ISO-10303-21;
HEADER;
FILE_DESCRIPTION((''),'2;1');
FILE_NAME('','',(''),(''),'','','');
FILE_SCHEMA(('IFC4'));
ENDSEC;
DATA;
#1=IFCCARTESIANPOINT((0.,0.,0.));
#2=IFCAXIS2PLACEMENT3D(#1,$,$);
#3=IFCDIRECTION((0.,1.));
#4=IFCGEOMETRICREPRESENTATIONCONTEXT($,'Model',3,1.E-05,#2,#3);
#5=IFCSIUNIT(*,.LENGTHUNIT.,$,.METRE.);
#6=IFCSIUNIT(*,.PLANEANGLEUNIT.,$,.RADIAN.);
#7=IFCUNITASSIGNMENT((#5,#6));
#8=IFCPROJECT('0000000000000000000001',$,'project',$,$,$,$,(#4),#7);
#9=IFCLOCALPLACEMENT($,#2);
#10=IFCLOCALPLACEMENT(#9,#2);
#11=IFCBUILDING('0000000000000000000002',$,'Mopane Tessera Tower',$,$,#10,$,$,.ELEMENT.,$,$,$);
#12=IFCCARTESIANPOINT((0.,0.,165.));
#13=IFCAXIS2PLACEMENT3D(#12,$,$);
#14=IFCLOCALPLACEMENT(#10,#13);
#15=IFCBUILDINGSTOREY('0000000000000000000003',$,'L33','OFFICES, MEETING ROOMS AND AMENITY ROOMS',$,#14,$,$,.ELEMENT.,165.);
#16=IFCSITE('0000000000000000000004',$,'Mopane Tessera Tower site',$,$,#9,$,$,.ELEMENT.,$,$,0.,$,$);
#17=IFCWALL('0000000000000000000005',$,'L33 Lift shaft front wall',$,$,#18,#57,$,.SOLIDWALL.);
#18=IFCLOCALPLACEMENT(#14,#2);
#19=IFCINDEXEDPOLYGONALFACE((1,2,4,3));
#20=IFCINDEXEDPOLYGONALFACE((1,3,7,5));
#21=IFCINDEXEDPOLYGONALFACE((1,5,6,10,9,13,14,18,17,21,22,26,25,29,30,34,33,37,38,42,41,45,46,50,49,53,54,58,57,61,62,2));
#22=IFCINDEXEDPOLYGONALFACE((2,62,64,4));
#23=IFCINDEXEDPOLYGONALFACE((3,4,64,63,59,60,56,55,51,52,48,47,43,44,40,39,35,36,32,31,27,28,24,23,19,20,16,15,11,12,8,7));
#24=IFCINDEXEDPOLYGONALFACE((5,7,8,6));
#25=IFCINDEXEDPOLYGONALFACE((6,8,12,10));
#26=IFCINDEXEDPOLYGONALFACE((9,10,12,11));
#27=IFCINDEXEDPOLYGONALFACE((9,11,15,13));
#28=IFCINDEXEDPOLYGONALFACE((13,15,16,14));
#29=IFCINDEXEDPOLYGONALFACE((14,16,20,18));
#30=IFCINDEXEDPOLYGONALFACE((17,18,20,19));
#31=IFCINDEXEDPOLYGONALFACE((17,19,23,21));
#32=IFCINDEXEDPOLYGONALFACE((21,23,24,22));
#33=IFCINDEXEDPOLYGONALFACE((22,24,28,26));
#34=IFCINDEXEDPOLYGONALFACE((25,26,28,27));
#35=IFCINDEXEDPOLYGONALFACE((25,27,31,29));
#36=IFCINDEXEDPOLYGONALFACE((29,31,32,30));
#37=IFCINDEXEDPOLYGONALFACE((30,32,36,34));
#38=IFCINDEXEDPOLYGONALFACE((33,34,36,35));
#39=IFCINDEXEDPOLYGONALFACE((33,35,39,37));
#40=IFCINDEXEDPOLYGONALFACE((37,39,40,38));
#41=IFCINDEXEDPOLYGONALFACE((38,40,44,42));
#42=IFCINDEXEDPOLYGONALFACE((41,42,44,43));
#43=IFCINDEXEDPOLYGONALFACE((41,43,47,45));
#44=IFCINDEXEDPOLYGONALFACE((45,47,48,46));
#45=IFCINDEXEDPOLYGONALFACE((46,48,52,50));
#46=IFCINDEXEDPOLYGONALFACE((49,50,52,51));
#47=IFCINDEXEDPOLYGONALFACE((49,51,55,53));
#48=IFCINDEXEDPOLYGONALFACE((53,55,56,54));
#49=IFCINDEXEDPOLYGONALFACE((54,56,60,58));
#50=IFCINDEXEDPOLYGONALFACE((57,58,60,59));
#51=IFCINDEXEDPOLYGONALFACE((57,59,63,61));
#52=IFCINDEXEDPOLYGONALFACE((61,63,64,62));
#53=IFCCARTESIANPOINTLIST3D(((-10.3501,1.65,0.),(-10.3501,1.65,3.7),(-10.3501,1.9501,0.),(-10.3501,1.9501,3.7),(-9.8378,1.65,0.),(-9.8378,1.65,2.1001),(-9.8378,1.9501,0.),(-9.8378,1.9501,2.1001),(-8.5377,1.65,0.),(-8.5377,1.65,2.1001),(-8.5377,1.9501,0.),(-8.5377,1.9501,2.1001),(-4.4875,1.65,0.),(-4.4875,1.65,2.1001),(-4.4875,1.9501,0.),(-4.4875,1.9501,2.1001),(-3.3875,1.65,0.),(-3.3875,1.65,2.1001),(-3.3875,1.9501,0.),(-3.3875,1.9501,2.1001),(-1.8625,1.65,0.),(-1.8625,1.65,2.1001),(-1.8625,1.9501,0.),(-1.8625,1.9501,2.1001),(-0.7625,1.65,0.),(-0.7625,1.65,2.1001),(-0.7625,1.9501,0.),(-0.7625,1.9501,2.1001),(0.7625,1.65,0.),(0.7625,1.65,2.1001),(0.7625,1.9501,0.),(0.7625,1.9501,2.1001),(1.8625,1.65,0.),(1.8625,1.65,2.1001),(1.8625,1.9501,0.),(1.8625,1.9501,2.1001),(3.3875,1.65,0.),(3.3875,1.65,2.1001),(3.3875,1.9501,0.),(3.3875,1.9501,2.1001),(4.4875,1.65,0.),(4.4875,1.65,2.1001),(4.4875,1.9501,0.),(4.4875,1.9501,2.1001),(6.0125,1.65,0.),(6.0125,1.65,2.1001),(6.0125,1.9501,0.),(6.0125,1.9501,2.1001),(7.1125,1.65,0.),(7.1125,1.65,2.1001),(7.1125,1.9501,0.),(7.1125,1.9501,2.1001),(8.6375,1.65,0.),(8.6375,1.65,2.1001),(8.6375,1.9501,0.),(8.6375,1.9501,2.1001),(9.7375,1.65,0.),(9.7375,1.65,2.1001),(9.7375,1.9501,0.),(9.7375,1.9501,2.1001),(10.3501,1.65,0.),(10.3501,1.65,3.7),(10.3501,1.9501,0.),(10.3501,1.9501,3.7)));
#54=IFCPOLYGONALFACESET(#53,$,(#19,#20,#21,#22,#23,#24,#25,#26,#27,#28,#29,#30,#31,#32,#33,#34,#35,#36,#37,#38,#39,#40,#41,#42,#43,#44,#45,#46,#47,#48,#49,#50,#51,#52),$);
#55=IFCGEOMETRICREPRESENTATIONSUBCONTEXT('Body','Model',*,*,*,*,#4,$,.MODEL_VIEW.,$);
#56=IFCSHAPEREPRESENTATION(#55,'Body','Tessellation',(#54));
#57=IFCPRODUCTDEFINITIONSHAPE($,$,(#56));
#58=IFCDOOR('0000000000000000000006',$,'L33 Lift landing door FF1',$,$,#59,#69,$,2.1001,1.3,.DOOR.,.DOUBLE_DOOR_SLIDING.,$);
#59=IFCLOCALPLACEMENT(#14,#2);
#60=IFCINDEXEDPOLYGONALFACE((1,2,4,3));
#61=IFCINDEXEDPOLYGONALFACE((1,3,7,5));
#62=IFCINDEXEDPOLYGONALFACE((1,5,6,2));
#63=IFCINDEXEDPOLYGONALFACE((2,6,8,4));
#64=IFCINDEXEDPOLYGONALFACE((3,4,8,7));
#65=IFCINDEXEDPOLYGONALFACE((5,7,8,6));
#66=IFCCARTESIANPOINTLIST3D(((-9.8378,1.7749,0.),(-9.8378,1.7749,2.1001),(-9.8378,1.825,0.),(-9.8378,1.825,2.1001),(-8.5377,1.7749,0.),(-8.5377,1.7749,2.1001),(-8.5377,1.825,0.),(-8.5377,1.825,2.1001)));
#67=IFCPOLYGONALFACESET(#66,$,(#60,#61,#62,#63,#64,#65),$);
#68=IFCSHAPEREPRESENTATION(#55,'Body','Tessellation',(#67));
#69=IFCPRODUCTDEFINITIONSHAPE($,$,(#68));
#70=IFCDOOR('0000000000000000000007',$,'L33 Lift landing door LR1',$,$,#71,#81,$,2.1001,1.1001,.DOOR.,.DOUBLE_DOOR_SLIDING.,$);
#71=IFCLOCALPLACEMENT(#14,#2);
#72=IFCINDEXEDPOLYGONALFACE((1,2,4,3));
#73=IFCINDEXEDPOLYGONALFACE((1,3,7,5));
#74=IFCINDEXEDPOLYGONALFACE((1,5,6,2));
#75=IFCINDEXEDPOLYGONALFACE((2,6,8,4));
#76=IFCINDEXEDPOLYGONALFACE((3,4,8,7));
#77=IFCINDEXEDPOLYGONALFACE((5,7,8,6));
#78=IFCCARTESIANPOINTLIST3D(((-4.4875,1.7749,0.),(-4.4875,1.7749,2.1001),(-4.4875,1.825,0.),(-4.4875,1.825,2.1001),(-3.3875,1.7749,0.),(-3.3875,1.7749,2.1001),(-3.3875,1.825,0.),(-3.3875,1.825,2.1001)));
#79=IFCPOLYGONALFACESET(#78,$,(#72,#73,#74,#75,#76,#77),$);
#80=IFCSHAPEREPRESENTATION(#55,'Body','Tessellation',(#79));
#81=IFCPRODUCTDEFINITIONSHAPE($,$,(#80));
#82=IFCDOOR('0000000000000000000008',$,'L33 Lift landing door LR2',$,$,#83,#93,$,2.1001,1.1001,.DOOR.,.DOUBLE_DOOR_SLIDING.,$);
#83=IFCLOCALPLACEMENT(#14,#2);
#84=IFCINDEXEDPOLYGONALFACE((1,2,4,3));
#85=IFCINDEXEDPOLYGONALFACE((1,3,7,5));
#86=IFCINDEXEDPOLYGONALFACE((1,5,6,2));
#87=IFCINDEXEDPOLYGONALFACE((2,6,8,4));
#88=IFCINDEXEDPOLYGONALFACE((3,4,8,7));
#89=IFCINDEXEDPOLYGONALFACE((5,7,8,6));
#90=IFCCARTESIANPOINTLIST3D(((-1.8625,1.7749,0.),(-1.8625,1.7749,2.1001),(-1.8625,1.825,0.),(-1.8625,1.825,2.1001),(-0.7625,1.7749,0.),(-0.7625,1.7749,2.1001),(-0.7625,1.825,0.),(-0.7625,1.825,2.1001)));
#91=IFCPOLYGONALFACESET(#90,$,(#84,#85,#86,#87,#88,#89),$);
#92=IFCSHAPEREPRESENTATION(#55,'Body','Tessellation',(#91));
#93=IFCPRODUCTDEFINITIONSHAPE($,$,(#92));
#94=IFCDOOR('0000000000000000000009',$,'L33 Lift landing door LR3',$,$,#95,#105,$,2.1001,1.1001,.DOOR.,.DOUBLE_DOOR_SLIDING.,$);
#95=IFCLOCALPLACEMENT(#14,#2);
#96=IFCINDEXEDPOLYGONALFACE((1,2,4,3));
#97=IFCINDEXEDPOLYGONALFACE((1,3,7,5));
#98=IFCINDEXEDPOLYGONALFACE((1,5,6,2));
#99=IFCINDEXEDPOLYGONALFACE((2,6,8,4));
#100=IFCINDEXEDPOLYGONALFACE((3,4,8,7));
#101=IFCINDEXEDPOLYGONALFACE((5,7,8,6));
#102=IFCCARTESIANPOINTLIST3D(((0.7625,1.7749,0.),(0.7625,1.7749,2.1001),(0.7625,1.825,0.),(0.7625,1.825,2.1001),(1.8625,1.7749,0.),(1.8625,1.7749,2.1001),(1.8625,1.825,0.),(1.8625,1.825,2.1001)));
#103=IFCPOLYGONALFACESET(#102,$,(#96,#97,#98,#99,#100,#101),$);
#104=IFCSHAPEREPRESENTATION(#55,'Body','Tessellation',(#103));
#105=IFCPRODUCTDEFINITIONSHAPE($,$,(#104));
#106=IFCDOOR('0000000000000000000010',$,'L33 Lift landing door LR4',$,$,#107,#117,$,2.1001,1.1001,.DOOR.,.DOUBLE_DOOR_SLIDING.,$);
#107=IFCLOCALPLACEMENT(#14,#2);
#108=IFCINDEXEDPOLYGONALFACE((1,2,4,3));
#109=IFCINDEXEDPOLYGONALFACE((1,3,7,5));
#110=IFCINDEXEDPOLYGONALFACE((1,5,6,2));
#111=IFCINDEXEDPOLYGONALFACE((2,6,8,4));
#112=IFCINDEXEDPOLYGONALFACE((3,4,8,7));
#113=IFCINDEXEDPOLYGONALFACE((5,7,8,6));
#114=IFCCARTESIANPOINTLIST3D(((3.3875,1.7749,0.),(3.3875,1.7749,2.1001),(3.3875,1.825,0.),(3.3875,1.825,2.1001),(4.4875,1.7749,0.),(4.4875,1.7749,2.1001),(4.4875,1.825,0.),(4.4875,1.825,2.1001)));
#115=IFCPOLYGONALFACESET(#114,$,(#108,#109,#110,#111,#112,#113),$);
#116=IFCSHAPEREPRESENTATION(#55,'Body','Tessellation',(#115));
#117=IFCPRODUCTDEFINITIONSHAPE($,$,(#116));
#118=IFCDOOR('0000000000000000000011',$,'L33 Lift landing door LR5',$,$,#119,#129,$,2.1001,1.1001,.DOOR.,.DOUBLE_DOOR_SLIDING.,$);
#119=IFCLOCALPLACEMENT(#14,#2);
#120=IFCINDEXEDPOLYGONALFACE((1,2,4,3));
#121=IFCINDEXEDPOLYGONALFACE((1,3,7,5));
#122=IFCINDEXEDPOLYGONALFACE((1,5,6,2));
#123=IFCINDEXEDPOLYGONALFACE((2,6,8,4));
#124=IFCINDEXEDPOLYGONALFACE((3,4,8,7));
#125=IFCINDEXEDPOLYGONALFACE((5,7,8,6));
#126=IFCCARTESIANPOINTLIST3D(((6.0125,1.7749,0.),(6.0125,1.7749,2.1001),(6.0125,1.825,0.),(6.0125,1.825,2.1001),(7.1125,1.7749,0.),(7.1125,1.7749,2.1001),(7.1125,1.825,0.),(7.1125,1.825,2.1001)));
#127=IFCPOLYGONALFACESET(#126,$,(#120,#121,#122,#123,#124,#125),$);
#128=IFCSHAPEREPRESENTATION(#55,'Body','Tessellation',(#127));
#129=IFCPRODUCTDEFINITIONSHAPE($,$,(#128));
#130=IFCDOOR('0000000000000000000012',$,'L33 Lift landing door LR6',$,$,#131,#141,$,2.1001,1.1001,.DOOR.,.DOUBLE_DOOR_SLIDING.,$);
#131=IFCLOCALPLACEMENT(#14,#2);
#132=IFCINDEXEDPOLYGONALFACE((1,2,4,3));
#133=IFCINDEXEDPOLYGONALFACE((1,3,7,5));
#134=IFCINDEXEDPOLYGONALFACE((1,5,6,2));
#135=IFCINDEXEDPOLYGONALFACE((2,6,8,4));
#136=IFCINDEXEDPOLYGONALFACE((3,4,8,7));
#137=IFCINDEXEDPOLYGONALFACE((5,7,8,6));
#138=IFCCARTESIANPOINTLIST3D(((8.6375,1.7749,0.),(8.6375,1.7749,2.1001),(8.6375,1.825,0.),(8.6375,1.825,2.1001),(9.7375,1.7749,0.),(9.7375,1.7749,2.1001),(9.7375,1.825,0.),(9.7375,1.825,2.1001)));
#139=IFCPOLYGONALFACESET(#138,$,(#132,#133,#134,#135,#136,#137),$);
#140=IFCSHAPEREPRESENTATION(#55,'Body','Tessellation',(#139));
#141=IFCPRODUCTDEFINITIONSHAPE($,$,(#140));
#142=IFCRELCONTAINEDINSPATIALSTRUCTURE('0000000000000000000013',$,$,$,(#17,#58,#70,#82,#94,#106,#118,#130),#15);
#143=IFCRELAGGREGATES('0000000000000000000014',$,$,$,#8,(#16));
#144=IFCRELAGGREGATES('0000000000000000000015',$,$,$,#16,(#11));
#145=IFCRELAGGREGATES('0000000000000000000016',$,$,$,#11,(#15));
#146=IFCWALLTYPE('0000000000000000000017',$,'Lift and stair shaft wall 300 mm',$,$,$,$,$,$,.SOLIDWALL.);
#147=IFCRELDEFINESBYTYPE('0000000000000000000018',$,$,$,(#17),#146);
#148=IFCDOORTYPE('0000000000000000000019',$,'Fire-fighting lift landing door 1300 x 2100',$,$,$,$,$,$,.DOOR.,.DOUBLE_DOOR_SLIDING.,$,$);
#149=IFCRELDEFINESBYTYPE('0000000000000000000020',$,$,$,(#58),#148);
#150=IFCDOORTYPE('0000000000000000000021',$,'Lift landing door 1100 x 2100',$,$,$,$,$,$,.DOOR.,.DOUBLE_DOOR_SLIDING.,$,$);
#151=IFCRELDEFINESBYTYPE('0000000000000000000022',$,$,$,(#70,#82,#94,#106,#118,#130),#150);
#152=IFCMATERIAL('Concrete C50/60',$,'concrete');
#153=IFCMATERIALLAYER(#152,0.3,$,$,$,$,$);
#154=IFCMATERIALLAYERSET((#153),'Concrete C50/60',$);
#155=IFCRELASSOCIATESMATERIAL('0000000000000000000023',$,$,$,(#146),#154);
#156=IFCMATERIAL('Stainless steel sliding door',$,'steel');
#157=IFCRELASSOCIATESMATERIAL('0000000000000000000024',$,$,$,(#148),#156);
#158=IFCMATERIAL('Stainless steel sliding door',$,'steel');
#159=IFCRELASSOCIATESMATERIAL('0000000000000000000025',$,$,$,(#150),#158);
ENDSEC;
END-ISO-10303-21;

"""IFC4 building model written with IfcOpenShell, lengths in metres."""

from ifc_helpers import new_model, si_unit, direction, frame, frame_2d, origin, place, context, subcontext, project, spatial, rectangle, extrude, material, layer, layer_set, type_object, element, fill, save


model = new_model("IFC4")

# Units and contexts
model_context = context("Model", 3, precision=1e-05, world=origin(), true_north=direction((0.0, 1.0)))
body_context = subcontext(model_context, "Body", "Model", "MODEL_VIEW")
ifc_project = project(units=[si_unit("LENGTHUNIT", "METRE"), si_unit("PLANEANGLEUNIT", "RADIAN")], contexts=[model_context])

# Site, building, storey
site_placement = place(None, origin())
site = spatial("IfcSite", under=ifc_project, at=site_placement, Name="Mopane Tessera Tower site", CompositionType="ELEMENT", RefElevation=0.0)
building_placement = place(site_placement, origin())
building = spatial("IfcBuilding", under=site, at=building_placement, Name="Mopane Tessera Tower", CompositionType="ELEMENT")
storey_placement = place(building_placement, frame((0.0, 0.0, 165.0)))
storey = spatial("IfcBuildingStorey", under=building, at=storey_placement, Name="L33", Description="OFFICES, MEETING ROOMS AND AMENITY ROOMS", CompositionType="ELEMENT", Elevation=165.0)

# Shared definitions
ifc_material_1 = material(Name="Concrete C50/60", Category="concrete")
ifc_layer_1 = layer(ifc_material_1, 0.3)
ifc_layer_set_1 = layer_set([ifc_layer_1], Name="Concrete C50/60")
wall_type_1 = type_object("IfcWallType", Name="Lift and stair shaft wall 300 mm", PredefinedType="SOLIDWALL", material=ifc_layer_set_1)

# Wall, openings, doors
wall_1_placement = place(storey_placement, frame((-10.3501, 1.8, 0.0), z_axis=(0.0, 0.0, 1.0), x_axis=(1.0, 0.0, 0.0)))
wall_1 = element("IfcWall", 1, at=wall_1_placement, inside=storey, type_object=wall_type_1, Name="L33 Lift shaft front wall", PredefinedType="SOLIDWALL", context=body_context, shape_type="SweptSolid", body=[
    extrude(rectangle(XDim=20.7002, YDim=0.3, at=frame_2d((10.3501, 0.0))), origin(), (0.0, 0.0, 1.0), 3.7),
])
opening_1_placement = place(wall_1_placement, frame((0.5125, 0.0, 0.0)))
opening_1 = element("IfcOpeningElement", 2, at=opening_1_placement, cuts=wall_1, PredefinedType="OPENING", context=body_context, shape_type="SweptSolid", body=[
    extrude(rectangle(XDim=1.3, YDim=2.1001, at=frame_2d((0.6499, 1.05))), frame((0.0, 0.1621, 0.0), z_axis=(0.0, -1.0, 0.0), x_axis=(1.0, 0.0, 0.0)), (0.0, 0.0, 1.0), 0.324),
])
opening_2_placement = place(wall_1_placement, frame((5.8625, 0.0, 0.0)))
opening_2 = element("IfcOpeningElement", 3, at=opening_2_placement, cuts=wall_1, PredefinedType="OPENING", context=body_context, shape_type="SweptSolid", body=[
    extrude(rectangle(XDim=1.1001, YDim=2.1001, at=frame_2d((0.55, 1.05))), frame((0.0, 0.1621, 0.0), z_axis=(0.0, -1.0, 0.0), x_axis=(1.0, 0.0, 0.0)), (0.0, 0.0, 1.0), 0.324),
])
opening_3_placement = place(wall_1_placement, frame((8.4875, 0.0, 0.0)))
opening_3 = element("IfcOpeningElement", 4, at=opening_3_placement, cuts=wall_1, PredefinedType="OPENING", context=body_context, shape_type="SweptSolid", body=[
    extrude(rectangle(XDim=1.1001, YDim=2.1001, at=frame_2d((0.55, 1.05))), frame((0.0, 0.1621, 0.0), z_axis=(0.0, -1.0, 0.0), x_axis=(1.0, 0.0, 0.0)), (0.0, 0.0, 1.0), 0.324),
])
opening_4_placement = place(wall_1_placement, frame((11.1125, 0.0, 0.0)))
opening_4 = element("IfcOpeningElement", 5, at=opening_4_placement, cuts=wall_1, PredefinedType="OPENING", context=body_context, shape_type="SweptSolid", body=[
    extrude(rectangle(XDim=1.1001, YDim=2.1001, at=frame_2d((0.55, 1.05))), frame((0.0, 0.1621, 0.0), z_axis=(0.0, -1.0, 0.0), x_axis=(1.0, 0.0, 0.0)), (0.0, 0.0, 1.0), 0.324),
])
opening_5_placement = place(wall_1_placement, frame((13.7375, 0.0, 0.0)))
opening_5 = element("IfcOpeningElement", 6, at=opening_5_placement, cuts=wall_1, PredefinedType="OPENING", context=body_context, shape_type="SweptSolid", body=[
    extrude(rectangle(XDim=1.1001, YDim=2.1001, at=frame_2d((0.55, 1.05))), frame((0.0, 0.1621, 0.0), z_axis=(0.0, -1.0, 0.0), x_axis=(1.0, 0.0, 0.0)), (0.0, 0.0, 1.0), 0.324),
])
opening_6_placement = place(wall_1_placement, frame((16.3625, 0.0, 0.0)))
opening_6 = element("IfcOpeningElement", 7, at=opening_6_placement, cuts=wall_1, PredefinedType="OPENING", context=body_context, shape_type="SweptSolid", body=[
    extrude(rectangle(XDim=1.1001, YDim=2.1001, at=frame_2d((0.55, 1.05))), frame((0.0, 0.1621, 0.0), z_axis=(0.0, -1.0, 0.0), x_axis=(1.0, 0.0, 0.0)), (0.0, 0.0, 1.0), 0.324),
])
opening_7_placement = place(wall_1_placement, frame((18.9875, 0.0, 0.0)))
opening_7 = element("IfcOpeningElement", 8, at=opening_7_placement, cuts=wall_1, PredefinedType="OPENING", context=body_context, shape_type="SweptSolid", body=[
    extrude(rectangle(XDim=1.1001, YDim=2.1001, at=frame_2d((0.55, 1.05))), frame((0.0, 0.1621, 0.0), z_axis=(0.0, -1.0, 0.0), x_axis=(1.0, 0.0, 0.0)), (0.0, 0.0, 1.0), 0.324),
])
ifc_material_2 = material(Name="Stainless steel sliding door", Category="steel")
door_type_1 = type_object("IfcDoorType", Name="Fire-fighting lift landing door 1300 x 2100", OperationType="DOUBLE_DOOR_SLIDING", PredefinedType="DOOR", material=ifc_material_2)
door_1_placement = place(opening_1_placement, origin())
door_1 = element("IfcDoor", 9, at=door_1_placement, inside=storey, type_object=door_type_1, Name="L33 Lift landing door FF1", OperationType="DOUBLE_DOOR_SLIDING", OverallHeight=2.1001, OverallWidth=1.3, PredefinedType="DOOR", context=body_context, shape_type="SweptSolid", body=[
    extrude(rectangle(XDim=1.3, YDim=2.1001, at=frame_2d((0.6499, 1.05))), frame((0.0, 0.0249, 0.0), z_axis=(0.0, -1.0, 0.0), x_axis=(1.0, 0.0, 0.0)), (0.0, 0.0, 1.0), 0.05),
])
fill(opening_1, door_1)
ifc_material_3 = material(Name="Stainless steel sliding door", Category="steel")
door_type_2 = type_object("IfcDoorType", Name="Lift landing door 1100 x 2100", OperationType="DOUBLE_DOOR_SLIDING", PredefinedType="DOOR", material=ifc_material_3)
door_2_placement = place(opening_2_placement, origin())
door_2 = element("IfcDoor", 10, at=door_2_placement, inside=storey, type_object=door_type_2, Name="L33 Lift landing door LR1", OperationType="DOUBLE_DOOR_SLIDING", OverallHeight=2.1001, OverallWidth=1.1001, PredefinedType="DOOR", context=body_context, shape_type="SweptSolid", body=[
    extrude(rectangle(XDim=1.1001, YDim=2.1001, at=frame_2d((0.55, 1.05))), frame((0.0, 0.0249, 0.0), z_axis=(0.0, -1.0, 0.0), x_axis=(1.0, 0.0, 0.0)), (0.0, 0.0, 1.0), 0.05),
])
fill(opening_2, door_2)
door_3_placement = place(opening_3_placement, origin())
door_3 = element("IfcDoor", 11, at=door_3_placement, inside=storey, type_object=door_type_2, Name="L33 Lift landing door LR2", OperationType="DOUBLE_DOOR_SLIDING", OverallHeight=2.1001, OverallWidth=1.1001, PredefinedType="DOOR", context=body_context, shape_type="SweptSolid", body=[
    extrude(rectangle(XDim=1.1001, YDim=2.1001, at=frame_2d((0.55, 1.05))), frame((0.0, 0.0249, 0.0), z_axis=(0.0, -1.0, 0.0), x_axis=(1.0, 0.0, 0.0)), (0.0, 0.0, 1.0), 0.05),
])
fill(opening_3, door_3)
door_4_placement = place(opening_4_placement, origin())
door_4 = element("IfcDoor", 12, at=door_4_placement, inside=storey, type_object=door_type_2, Name="L33 Lift landing door LR3", OperationType="DOUBLE_DOOR_SLIDING", OverallHeight=2.1001, OverallWidth=1.1001, PredefinedType="DOOR", context=body_context, shape_type="SweptSolid", body=[
    extrude(rectangle(XDim=1.1001, YDim=2.1001, at=frame_2d((0.55, 1.05))), frame((0.0, 0.0249, 0.0), z_axis=(0.0, -1.0, 0.0), x_axis=(1.0, 0.0, 0.0)), (0.0, 0.0, 1.0), 0.05),
])
fill(opening_4, door_4)
door_5_placement = place(opening_5_placement, origin())
door_5 = element("IfcDoor", 13, at=door_5_placement, inside=storey, type_object=door_type_2, Name="L33 Lift landing door LR4", OperationType="DOUBLE_DOOR_SLIDING", OverallHeight=2.1001, OverallWidth=1.1001, PredefinedType="DOOR", context=body_context, shape_type="SweptSolid", body=[
    extrude(rectangle(XDim=1.1001, YDim=2.1001, at=frame_2d((0.55, 1.05))), frame((0.0, 0.0249, 0.0), z_axis=(0.0, -1.0, 0.0), x_axis=(1.0, 0.0, 0.0)), (0.0, 0.0, 1.0), 0.05),
])
fill(opening_5, door_5)
door_6_placement = place(opening_6_placement, origin())
door_6 = element("IfcDoor", 14, at=door_6_placement, inside=storey, type_object=door_type_2, Name="L33 Lift landing door LR5", OperationType="DOUBLE_DOOR_SLIDING", OverallHeight=2.1001, OverallWidth=1.1001, PredefinedType="DOOR", context=body_context, shape_type="SweptSolid", body=[
    extrude(rectangle(XDim=1.1001, YDim=2.1001, at=frame_2d((0.55, 1.05))), frame((0.0, 0.0249, 0.0), z_axis=(0.0, -1.0, 0.0), x_axis=(1.0, 0.0, 0.0)), (0.0, 0.0, 1.0), 0.05),
])
fill(opening_6, door_6)
door_7_placement = place(opening_7_placement, origin())
door_7 = element("IfcDoor", 15, at=door_7_placement, inside=storey, type_object=door_type_2, Name="L33 Lift landing door LR6", OperationType="DOUBLE_DOOR_SLIDING", OverallHeight=2.1001, OverallWidth=1.1001, PredefinedType="DOOR", context=body_context, shape_type="SweptSolid", body=[
    extrude(rectangle(XDim=1.1001, YDim=2.1001, at=frame_2d((0.55, 1.05))), frame((0.0, 0.0249, 0.0), z_axis=(0.0, -1.0, 0.0), x_axis=(1.0, 0.0, 0.0)), (0.0, 0.0, 1.0), 0.05),
])
fill(opening_7, door_7)

save(model, "model.ifc")
